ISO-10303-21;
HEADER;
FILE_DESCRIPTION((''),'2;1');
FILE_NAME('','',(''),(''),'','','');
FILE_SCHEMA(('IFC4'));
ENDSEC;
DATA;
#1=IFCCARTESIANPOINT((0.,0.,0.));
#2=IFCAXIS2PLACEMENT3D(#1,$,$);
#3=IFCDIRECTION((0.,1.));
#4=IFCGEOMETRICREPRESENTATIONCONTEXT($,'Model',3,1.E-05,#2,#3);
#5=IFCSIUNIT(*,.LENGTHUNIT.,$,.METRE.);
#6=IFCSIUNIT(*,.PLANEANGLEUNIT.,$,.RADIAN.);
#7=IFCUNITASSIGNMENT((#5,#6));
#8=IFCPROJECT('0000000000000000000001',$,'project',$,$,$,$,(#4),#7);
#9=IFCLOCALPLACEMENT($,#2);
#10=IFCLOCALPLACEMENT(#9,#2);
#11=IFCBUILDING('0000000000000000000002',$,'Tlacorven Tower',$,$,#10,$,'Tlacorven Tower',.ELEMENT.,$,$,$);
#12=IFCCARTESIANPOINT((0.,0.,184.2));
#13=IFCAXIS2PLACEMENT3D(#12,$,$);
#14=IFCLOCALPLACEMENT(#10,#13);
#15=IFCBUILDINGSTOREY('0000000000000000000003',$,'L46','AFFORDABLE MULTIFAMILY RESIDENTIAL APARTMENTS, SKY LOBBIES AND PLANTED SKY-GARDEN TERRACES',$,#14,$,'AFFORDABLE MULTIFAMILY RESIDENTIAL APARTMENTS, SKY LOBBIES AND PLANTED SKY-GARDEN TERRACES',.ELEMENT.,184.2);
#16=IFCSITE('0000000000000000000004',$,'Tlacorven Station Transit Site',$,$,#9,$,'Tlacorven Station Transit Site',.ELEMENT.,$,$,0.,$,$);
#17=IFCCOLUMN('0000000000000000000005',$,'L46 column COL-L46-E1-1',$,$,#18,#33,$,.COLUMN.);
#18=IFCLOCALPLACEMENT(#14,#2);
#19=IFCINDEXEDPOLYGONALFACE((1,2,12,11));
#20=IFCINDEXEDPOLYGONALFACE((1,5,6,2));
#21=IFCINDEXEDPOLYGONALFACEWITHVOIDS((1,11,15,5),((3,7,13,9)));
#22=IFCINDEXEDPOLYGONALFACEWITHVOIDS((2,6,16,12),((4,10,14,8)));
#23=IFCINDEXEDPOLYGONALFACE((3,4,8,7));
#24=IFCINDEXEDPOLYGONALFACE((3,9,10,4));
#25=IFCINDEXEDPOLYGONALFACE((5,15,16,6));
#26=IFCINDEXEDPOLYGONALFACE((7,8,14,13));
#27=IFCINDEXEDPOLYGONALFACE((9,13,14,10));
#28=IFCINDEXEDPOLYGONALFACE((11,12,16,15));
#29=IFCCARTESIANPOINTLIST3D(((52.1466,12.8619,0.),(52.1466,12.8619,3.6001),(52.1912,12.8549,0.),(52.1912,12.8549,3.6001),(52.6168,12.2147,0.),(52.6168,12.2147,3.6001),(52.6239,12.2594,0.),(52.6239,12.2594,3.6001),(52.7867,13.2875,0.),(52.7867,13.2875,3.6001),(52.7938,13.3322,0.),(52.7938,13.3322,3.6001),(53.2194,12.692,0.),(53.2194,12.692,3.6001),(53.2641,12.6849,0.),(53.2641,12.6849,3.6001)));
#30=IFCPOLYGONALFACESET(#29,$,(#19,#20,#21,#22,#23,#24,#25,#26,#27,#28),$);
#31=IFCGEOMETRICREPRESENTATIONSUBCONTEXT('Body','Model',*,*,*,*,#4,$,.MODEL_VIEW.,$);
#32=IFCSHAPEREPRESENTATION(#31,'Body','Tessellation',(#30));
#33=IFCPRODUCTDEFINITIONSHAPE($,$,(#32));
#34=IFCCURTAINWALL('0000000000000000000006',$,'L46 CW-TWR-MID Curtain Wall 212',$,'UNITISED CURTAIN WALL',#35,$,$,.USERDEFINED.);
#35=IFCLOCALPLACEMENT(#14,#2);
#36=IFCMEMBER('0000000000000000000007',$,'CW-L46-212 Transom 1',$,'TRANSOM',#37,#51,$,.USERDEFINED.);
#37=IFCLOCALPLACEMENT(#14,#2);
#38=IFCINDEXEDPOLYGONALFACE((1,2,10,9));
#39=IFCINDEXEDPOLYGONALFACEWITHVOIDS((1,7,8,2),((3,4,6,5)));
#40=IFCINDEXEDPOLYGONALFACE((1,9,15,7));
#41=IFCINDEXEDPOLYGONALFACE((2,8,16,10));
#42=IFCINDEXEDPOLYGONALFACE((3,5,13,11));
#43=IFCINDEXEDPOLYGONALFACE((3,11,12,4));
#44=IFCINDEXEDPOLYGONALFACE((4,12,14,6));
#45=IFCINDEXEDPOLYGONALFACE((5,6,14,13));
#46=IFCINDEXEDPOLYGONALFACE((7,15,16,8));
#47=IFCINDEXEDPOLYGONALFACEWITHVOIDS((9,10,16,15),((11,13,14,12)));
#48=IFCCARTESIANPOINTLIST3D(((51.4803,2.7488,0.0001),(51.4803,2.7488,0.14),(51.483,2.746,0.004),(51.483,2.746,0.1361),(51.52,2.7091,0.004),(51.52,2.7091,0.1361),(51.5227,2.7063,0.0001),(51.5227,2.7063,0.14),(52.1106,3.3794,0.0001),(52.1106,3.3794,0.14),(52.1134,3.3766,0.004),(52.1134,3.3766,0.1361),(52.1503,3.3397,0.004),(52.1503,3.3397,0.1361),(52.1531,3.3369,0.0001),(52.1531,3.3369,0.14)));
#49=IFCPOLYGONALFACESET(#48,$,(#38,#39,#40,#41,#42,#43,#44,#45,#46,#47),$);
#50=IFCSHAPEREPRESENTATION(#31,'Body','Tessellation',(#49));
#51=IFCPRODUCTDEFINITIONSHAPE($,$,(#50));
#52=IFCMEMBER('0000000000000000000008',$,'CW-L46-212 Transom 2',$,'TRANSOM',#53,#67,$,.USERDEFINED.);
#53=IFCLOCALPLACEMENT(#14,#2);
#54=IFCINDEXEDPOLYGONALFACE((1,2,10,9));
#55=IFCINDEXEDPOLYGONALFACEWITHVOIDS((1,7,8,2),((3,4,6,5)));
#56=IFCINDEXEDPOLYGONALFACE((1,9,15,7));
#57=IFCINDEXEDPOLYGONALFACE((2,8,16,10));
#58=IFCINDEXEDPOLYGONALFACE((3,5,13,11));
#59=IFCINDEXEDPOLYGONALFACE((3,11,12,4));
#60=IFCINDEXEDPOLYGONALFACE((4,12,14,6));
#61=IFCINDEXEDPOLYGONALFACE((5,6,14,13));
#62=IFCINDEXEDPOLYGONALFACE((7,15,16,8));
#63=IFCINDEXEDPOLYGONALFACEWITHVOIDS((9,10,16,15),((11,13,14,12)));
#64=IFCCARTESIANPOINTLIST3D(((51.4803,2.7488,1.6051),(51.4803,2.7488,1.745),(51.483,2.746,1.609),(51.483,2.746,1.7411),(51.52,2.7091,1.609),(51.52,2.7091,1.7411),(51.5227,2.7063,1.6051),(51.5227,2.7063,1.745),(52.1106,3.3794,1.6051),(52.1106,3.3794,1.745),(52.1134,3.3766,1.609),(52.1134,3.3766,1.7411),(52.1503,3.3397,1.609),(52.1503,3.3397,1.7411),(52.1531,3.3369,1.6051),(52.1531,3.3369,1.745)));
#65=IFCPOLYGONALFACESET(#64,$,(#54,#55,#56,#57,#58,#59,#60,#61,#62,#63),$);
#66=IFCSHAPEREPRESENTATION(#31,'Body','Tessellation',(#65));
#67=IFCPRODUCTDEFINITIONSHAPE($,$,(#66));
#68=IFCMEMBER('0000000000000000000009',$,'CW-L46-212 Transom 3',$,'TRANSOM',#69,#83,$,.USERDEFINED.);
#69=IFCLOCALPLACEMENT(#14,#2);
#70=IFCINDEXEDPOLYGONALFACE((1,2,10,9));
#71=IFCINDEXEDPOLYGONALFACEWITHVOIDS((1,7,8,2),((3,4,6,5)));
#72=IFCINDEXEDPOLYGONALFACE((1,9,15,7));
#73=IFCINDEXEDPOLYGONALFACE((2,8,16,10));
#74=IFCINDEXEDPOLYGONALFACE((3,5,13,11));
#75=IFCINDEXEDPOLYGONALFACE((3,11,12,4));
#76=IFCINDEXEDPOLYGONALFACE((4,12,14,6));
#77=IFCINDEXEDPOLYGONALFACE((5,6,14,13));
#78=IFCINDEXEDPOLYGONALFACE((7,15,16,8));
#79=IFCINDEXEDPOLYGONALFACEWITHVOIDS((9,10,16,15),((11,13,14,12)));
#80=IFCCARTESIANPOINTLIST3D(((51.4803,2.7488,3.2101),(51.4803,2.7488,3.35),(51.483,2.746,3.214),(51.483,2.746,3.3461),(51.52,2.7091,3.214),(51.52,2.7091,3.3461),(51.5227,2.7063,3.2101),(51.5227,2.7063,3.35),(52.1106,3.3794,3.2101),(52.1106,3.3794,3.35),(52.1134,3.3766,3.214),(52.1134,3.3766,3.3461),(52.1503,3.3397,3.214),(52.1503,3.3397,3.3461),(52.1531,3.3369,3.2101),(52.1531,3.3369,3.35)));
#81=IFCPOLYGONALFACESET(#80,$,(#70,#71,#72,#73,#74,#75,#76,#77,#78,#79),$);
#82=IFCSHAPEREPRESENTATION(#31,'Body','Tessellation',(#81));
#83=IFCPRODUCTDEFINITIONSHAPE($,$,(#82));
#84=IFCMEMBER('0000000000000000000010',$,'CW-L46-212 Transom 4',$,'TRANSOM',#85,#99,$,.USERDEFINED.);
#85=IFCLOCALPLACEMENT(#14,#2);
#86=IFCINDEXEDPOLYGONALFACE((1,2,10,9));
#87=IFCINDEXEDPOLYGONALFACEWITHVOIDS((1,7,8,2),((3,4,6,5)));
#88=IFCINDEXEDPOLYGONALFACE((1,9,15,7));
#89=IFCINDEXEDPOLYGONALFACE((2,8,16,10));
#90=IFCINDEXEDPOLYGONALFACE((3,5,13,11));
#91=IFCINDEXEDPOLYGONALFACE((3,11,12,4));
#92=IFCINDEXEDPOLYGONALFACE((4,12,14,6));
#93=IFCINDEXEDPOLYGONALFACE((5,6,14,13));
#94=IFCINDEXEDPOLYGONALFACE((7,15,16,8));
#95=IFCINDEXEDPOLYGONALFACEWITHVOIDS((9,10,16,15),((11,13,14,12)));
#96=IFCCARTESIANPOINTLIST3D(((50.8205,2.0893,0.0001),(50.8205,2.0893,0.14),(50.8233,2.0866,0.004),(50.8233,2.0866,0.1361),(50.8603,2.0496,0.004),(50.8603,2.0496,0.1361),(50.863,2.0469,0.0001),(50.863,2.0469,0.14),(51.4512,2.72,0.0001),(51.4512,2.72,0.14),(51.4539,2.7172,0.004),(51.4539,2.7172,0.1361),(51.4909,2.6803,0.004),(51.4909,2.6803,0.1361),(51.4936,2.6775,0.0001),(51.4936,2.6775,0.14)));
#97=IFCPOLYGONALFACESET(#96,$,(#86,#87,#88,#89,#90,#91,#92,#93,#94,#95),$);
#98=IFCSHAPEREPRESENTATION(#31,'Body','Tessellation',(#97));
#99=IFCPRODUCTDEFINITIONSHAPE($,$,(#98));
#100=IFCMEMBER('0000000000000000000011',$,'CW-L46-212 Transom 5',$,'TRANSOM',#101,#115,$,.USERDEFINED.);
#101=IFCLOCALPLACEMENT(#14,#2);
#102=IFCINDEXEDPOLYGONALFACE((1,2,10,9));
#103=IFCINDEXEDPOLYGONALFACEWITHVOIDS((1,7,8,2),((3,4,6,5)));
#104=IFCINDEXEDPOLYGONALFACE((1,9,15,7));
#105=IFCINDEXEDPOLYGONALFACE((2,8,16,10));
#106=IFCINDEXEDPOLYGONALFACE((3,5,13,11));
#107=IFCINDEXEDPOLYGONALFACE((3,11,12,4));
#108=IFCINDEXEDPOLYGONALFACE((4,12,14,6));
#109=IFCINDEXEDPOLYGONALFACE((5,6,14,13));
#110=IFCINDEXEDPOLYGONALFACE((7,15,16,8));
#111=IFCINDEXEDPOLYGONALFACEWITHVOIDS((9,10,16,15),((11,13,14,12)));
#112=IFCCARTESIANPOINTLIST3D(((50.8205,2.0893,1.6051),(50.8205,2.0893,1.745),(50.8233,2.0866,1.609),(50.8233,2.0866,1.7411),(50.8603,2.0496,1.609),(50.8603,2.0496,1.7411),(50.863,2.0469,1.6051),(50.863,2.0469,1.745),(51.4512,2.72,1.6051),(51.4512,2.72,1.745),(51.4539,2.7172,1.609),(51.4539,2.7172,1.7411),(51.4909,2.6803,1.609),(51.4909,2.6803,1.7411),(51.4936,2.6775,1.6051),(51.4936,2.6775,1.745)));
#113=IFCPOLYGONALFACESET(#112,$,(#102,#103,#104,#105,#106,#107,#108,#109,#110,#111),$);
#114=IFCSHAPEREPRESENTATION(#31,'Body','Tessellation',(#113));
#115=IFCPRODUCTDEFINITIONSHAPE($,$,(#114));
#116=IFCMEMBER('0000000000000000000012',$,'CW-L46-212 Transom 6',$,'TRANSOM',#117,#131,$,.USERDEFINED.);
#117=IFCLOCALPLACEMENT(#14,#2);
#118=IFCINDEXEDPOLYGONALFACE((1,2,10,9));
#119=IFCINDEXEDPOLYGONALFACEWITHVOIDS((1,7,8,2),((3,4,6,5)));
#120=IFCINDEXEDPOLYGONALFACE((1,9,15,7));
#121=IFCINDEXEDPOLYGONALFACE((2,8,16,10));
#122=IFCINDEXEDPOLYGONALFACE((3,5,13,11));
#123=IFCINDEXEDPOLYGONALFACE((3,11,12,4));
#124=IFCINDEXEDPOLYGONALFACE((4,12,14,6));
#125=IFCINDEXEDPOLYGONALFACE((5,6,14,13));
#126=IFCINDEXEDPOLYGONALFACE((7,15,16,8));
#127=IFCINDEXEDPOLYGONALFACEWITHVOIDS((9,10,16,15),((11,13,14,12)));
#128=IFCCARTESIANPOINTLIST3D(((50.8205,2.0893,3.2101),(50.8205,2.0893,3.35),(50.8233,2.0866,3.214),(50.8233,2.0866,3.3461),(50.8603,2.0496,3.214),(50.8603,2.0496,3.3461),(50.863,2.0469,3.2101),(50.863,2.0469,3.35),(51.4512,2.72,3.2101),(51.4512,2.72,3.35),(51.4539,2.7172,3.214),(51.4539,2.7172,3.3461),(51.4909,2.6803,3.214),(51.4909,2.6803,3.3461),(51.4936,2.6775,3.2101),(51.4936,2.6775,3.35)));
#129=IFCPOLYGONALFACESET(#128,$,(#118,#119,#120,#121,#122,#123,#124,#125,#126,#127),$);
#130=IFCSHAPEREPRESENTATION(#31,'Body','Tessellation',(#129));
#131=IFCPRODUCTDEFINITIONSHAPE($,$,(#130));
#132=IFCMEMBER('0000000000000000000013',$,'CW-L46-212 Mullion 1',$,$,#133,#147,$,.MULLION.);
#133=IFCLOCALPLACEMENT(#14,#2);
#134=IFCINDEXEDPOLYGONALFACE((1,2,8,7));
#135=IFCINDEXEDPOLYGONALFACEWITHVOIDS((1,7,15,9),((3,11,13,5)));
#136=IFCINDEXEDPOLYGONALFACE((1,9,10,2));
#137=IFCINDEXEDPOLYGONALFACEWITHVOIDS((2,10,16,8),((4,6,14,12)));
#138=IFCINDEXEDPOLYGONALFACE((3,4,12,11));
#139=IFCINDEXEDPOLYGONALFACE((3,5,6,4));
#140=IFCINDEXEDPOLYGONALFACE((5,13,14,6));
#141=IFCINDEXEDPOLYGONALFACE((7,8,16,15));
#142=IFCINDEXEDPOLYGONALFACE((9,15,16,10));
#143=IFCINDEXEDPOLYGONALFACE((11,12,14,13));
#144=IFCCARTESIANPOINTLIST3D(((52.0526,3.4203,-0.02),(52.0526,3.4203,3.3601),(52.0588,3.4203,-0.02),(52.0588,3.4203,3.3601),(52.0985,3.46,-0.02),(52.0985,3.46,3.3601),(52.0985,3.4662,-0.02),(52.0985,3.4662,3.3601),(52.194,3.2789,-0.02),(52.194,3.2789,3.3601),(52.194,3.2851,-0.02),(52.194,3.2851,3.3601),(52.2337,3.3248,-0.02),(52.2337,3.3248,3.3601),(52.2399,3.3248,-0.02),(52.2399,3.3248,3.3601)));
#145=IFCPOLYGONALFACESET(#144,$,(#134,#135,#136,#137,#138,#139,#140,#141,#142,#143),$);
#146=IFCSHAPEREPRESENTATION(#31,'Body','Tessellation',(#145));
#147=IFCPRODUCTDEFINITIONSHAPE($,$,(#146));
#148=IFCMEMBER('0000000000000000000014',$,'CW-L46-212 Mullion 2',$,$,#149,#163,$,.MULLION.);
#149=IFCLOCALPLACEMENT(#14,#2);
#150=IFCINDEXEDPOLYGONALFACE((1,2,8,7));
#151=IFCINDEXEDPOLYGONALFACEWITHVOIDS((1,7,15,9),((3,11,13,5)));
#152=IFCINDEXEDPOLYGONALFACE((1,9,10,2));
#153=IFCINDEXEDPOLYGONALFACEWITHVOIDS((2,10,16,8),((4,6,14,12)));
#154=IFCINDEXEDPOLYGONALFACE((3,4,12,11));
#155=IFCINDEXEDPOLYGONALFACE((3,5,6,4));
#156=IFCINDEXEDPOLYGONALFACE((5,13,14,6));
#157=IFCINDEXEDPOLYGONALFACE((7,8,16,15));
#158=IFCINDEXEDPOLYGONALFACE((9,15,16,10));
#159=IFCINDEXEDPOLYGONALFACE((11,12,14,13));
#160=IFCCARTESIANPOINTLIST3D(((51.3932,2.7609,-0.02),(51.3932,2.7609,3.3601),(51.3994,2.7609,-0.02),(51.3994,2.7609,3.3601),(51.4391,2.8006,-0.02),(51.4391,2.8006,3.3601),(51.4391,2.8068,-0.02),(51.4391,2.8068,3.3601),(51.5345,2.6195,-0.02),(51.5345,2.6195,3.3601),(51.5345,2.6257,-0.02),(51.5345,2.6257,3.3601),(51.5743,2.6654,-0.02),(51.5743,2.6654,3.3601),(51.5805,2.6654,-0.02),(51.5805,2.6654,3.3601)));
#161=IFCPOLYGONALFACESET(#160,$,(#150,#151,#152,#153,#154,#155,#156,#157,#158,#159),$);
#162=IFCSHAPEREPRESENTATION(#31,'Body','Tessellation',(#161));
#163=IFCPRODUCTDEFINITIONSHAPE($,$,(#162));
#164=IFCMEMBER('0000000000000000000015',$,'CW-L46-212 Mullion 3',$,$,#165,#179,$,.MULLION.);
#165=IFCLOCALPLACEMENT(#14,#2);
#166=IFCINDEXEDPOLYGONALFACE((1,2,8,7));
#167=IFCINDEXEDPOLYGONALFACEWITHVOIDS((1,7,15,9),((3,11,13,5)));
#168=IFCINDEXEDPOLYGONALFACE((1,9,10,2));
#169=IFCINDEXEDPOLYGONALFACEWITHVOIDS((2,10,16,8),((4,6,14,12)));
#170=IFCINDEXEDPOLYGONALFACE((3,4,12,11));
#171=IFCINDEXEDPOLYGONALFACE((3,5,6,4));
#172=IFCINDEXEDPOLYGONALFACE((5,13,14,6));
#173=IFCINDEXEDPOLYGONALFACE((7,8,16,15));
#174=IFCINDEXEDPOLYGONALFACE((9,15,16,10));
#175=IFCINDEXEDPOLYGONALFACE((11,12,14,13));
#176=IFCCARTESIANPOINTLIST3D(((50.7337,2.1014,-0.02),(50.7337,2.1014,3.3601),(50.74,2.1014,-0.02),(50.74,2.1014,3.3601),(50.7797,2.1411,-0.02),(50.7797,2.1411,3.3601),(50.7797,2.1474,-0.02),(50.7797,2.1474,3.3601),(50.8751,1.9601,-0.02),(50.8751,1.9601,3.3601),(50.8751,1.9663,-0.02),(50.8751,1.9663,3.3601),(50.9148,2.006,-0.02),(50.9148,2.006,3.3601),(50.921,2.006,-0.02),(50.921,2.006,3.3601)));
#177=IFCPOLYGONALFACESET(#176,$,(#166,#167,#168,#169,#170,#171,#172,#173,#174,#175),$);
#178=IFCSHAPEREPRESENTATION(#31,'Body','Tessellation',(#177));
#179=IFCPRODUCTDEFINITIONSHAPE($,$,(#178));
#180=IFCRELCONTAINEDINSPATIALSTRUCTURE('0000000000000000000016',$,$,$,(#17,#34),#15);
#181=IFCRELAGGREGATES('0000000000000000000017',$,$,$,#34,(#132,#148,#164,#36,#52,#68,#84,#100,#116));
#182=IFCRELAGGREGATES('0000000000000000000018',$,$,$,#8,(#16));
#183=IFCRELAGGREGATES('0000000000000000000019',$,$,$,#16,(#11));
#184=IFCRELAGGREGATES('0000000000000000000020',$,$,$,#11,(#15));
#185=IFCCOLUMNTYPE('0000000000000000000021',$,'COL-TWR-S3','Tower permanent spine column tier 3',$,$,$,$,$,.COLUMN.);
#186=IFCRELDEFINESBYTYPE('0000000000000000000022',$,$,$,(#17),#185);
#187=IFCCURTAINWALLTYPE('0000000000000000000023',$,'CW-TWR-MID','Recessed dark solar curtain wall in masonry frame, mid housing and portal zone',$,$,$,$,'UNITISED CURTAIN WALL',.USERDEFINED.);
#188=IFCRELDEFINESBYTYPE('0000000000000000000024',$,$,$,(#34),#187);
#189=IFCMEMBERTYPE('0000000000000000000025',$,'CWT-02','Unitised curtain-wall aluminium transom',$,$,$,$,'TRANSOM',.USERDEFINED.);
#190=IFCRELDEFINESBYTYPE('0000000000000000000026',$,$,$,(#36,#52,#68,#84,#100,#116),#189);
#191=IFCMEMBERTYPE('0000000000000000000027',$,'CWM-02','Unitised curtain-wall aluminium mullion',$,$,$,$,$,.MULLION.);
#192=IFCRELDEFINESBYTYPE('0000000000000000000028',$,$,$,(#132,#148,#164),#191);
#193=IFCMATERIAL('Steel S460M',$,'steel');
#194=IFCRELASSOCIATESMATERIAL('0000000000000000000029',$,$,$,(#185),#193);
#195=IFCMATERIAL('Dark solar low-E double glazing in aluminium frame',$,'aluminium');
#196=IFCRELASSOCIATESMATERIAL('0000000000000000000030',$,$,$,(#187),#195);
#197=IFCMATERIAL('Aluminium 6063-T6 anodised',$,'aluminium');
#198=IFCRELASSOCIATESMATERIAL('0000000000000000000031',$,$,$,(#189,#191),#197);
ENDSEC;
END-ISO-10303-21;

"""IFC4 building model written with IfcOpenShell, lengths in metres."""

from ifc_helpers import new_model, si_unit, direction, frame, origin, origin_2d, place, context, subcontext, project, spatial, hollow_rectangle, extrude, source, transform, mapped, material, material_profile, profile_set, type_object, element, aggregate, save


model = new_model("IFC4")

# Units and contexts
model_context = context("Model", 3, precision=1e-05, world=origin(), true_north=direction((0.0, 1.0)))
body_context = subcontext(model_context, "Body", "Model", "MODEL_VIEW")
ifc_project = project(units=[si_unit("LENGTHUNIT", "METRE"), si_unit("PLANEANGLEUNIT", "RADIAN")], contexts=[model_context])

# Site, building, storey
site_placement = place(None, origin())
site = spatial("IfcSite", under=ifc_project, at=site_placement, Name="Tlacorven Station Transit Site", LongName="Tlacorven Station Transit Site", CompositionType="ELEMENT", RefElevation=0.0)
building_placement = place(site_placement, origin())
building = spatial("IfcBuilding", under=site, at=building_placement, Name="Tlacorven Tower", LongName="Tlacorven Tower", CompositionType="ELEMENT")
storey_placement = place(building_placement, frame((0.0, 0.0, 184.2)))
storey = spatial("IfcBuildingStorey", under=building, at=storey_placement, Name="L46", Description="AFFORDABLE MULTIFAMILY RESIDENTIAL APARTMENTS, SKY LOBBIES AND PLANTED SKY-GARDEN TERRACES", LongName="AFFORDABLE MULTIFAMILY RESIDENTIAL APARTMENTS, SKY LOBBIES AND PLANTED SKY-GARDEN TERRACES", CompositionType="ELEMENT", Elevation=184.2)

# Column
ifc_material_1 = material(Name="Steel S460M", Category="steel")
ifc_material_profile_1 = material_profile(ifc_material_1, hollow_rectangle(XDim=0.8, YDim=0.8, WallThickness=0.032, at=origin_2d()), Name="BOX 800X800X32")
ifc_profile_set_1 = profile_set([ifc_material_profile_1], Name="Steel S460M")
column_type = type_object("IfcColumnType", Name="COL-TWR-S3", Description="Tower permanent spine column tier 3", PredefinedType="COLUMN", material=ifc_profile_set_1)
shared_shape_1 = source(origin(), body_context, "Body", "SweptSolid", [
    extrude(hollow_rectangle(XDim=0.8, YDim=0.8, WallThickness=0.032, at=origin_2d()), origin(), (0.0, 0.0, 1.0), 3.6001),
])
column_placement = place(storey_placement, frame((52.7053, 12.7734, 0.0), z_axis=(0.0, 0.0, 1.0), x_axis=(0.809017, 0.587785, 0.0)))
element("IfcColumn", 1, at=column_placement, inside=storey, type_object=column_type, Name="L46 column COL-L46-E1-1", PredefinedType="COLUMN", context=body_context, shape_type="MappedRepresentation", body=[
    mapped(shared_shape_1, transform((0.0, 0.0, 0.0), scale=1.0)),
])

# Curtain wall, members
ifc_material_2 = material(Name="Dark solar low-E double glazing in aluminium frame", Category="aluminium")
curtain_wall_type = type_object("IfcCurtainWallType", Name="CW-TWR-MID", Description="Recessed dark solar curtain wall in masonry frame, mid housing and portal zone", ElementType="UNITISED CURTAIN WALL", PredefinedType="USERDEFINED", material=ifc_material_2)
curtain_wall_placement = place(storey_placement, origin())
curtain_wall = element("IfcCurtainWall", 2, at=curtain_wall_placement, inside=storey, type_object=curtain_wall_type, Name="L46 CW-TWR-MID Curtain Wall 212", ObjectType="UNITISED CURTAIN WALL", PredefinedType="USERDEFINED")
ifc_material_3 = material(Name="Aluminium 6063-T6 anodised", Category="aluminium")
ifc_material_profile_2 = material_profile(ifc_material_3, hollow_rectangle(XDim=0.0601, YDim=0.1399, WallThickness=0.0039, at=origin_2d()), Name="ALU TRANSOM 60X140")
ifc_profile_set_2 = profile_set([ifc_material_profile_2], Name="Aluminium 6063-T6 anodised")
member_type_1 = type_object("IfcMemberType", Name="CWT-02", Description="Unitised curtain-wall aluminium transom", ElementType="TRANSOM", PredefinedType="USERDEFINED", material=ifc_profile_set_2)
shared_shape_2 = source(origin(), body_context, "Body", "SweptSolid", [
    extrude(hollow_rectangle(XDim=0.0601, YDim=0.1399, WallThickness=0.0039, at=origin_2d()), origin(), (0.0, 0.0, 1.0), 0.8916),
])
member_1_placement = place(storey_placement, frame((52.1318, 3.3582, 0.0701), z_axis=(-0.70697, -0.707244, 0.0), x_axis=(0.707244, -0.70697, 0.0)))
member_1 = element("IfcMember", 3, at=member_1_placement, type_object=member_type_1, Name="CW-L46-212 Transom 1", ObjectType="TRANSOM", PredefinedType="USERDEFINED", context=body_context, shape_type="MappedRepresentation", body=[
    mapped(shared_shape_2, transform((0.0, 0.0, 0.0), scale=1.0)),
])
member_2_placement = place(storey_placement, frame((52.1318, 3.3582, 1.675), z_axis=(-0.70697, -0.707244, 0.0), x_axis=(0.707244, -0.70697, 0.0)))
member_2 = element("IfcMember", 4, at=member_2_placement, type_object=member_type_1, Name="CW-L46-212 Transom 2", ObjectType="TRANSOM", PredefinedType="USERDEFINED", context=body_context, shape_type="MappedRepresentation", body=[
    mapped(shared_shape_2, transform((0.0, 0.0, 0.0), scale=1.0)),
])
member_3_placement = place(storey_placement, frame((52.1318, 3.3582, 3.28), z_axis=(-0.70697, -0.707244, 0.0), x_axis=(0.707244, -0.70697, 0.0)))
member_3 = element("IfcMember", 5, at=member_3_placement, type_object=member_type_1, Name="CW-L46-212 Transom 3", ObjectType="TRANSOM", PredefinedType="USERDEFINED", context=body_context, shape_type="MappedRepresentation", body=[
    mapped(shared_shape_2, transform((0.0, 0.0, 0.0), scale=1.0)),
])
shared_shape_3 = source(origin(), body_context, "Body", "SweptSolid", [
    extrude(hollow_rectangle(XDim=0.0601, YDim=0.1399, WallThickness=0.0039, at=origin_2d()), origin(), (0.0, 0.0, 1.0), 0.8918),
])
member_4_placement = place(storey_placement, frame((51.4724, 2.6987, 0.0701), z_axis=(-0.707107, -0.707107, 0.0), x_axis=(0.707107, -0.707107, 0.0)))
member_4 = element("IfcMember", 6, at=member_4_placement, type_object=member_type_1, Name="CW-L46-212 Transom 4", ObjectType="TRANSOM", PredefinedType="USERDEFINED", context=body_context, shape_type="MappedRepresentation", body=[
    mapped(shared_shape_3, transform((0.0, 0.0, 0.0), scale=1.0)),
])
member_5_placement = place(storey_placement, frame((51.4724, 2.6987, 1.675), z_axis=(-0.707107, -0.707107, 0.0), x_axis=(0.707107, -0.707107, 0.0)))
member_5 = element("IfcMember", 7, at=member_5_placement, type_object=member_type_1, Name="CW-L46-212 Transom 5", ObjectType="TRANSOM", PredefinedType="USERDEFINED", context=body_context, shape_type="MappedRepresentation", body=[
    mapped(shared_shape_3, transform((0.0, 0.0, 0.0), scale=1.0)),
])
member_6_placement = place(storey_placement, frame((51.4724, 2.6987, 3.28), z_axis=(-0.707107, -0.707107, 0.0), x_axis=(0.707107, -0.707107, 0.0)))
member_6 = element("IfcMember", 8, at=member_6_placement, type_object=member_type_1, Name="CW-L46-212 Transom 6", ObjectType="TRANSOM", PredefinedType="USERDEFINED", context=body_context, shape_type="MappedRepresentation", body=[
    mapped(shared_shape_3, transform((0.0, 0.0, 0.0), scale=1.0)),
])
ifc_material_profile_3 = material_profile(ifc_material_3, hollow_rectangle(XDim=0.0649, YDim=0.2, WallThickness=0.0044, at=origin_2d()), Name="ALU MULLION 65X200")
ifc_profile_set_3 = profile_set([ifc_material_profile_3], Name="Aluminium 6063-T6 anodised")
member_type_2 = type_object("IfcMemberType", Name="CWM-02", Description="Unitised curtain-wall aluminium mullion", PredefinedType="MULLION", material=ifc_profile_set_3)
shared_shape_4 = source(origin(), body_context, "Body", "SweptSolid", [
    extrude(hollow_rectangle(XDim=0.0649, YDim=0.2, WallThickness=0.0044, at=origin_2d()), origin(), (0.0, 0.0, 1.0), 3.3801),
])
member_7_placement = place(storey_placement, frame((52.1462, 3.3726, -0.02), z_axis=(0.0, 0.0, 1.0), x_axis=(-0.707107, -0.707107, 0.0)))
member_7 = element("IfcMember", 9, at=member_7_placement, type_object=member_type_2, Name="CW-L46-212 Mullion 1", PredefinedType="MULLION", context=body_context, shape_type="MappedRepresentation", body=[
    mapped(shared_shape_4, transform((0.0, 0.0, 0.0), scale=1.0)),
])
member_8_placement = place(storey_placement, frame((51.4868, 2.7131, -0.02), z_axis=(0.0, 0.0, 1.0), x_axis=(-0.707107, -0.707107, 0.0)))
member_8 = element("IfcMember", 10, at=member_8_placement, type_object=member_type_2, Name="CW-L46-212 Mullion 2", PredefinedType="MULLION", context=body_context, shape_type="MappedRepresentation", body=[
    mapped(shared_shape_4, transform((0.0, 0.0, 0.0), scale=1.0)),
])
member_9_placement = place(storey_placement, frame((50.8274, 2.0537, -0.02), z_axis=(0.0, 0.0, 1.0), x_axis=(-0.707107, -0.707107, 0.0)))
member_9 = element("IfcMember", 11, at=member_9_placement, type_object=member_type_2, Name="CW-L46-212 Mullion 3", PredefinedType="MULLION", context=body_context, shape_type="MappedRepresentation", body=[
    mapped(shared_shape_4, transform((0.0, 0.0, 0.0), scale=1.0)),
])
aggregate(curtain_wall, [member_7, member_8, member_9, member_1, member_2, member_3, member_4, member_5, member_6])

save(model, "model.ifc")
